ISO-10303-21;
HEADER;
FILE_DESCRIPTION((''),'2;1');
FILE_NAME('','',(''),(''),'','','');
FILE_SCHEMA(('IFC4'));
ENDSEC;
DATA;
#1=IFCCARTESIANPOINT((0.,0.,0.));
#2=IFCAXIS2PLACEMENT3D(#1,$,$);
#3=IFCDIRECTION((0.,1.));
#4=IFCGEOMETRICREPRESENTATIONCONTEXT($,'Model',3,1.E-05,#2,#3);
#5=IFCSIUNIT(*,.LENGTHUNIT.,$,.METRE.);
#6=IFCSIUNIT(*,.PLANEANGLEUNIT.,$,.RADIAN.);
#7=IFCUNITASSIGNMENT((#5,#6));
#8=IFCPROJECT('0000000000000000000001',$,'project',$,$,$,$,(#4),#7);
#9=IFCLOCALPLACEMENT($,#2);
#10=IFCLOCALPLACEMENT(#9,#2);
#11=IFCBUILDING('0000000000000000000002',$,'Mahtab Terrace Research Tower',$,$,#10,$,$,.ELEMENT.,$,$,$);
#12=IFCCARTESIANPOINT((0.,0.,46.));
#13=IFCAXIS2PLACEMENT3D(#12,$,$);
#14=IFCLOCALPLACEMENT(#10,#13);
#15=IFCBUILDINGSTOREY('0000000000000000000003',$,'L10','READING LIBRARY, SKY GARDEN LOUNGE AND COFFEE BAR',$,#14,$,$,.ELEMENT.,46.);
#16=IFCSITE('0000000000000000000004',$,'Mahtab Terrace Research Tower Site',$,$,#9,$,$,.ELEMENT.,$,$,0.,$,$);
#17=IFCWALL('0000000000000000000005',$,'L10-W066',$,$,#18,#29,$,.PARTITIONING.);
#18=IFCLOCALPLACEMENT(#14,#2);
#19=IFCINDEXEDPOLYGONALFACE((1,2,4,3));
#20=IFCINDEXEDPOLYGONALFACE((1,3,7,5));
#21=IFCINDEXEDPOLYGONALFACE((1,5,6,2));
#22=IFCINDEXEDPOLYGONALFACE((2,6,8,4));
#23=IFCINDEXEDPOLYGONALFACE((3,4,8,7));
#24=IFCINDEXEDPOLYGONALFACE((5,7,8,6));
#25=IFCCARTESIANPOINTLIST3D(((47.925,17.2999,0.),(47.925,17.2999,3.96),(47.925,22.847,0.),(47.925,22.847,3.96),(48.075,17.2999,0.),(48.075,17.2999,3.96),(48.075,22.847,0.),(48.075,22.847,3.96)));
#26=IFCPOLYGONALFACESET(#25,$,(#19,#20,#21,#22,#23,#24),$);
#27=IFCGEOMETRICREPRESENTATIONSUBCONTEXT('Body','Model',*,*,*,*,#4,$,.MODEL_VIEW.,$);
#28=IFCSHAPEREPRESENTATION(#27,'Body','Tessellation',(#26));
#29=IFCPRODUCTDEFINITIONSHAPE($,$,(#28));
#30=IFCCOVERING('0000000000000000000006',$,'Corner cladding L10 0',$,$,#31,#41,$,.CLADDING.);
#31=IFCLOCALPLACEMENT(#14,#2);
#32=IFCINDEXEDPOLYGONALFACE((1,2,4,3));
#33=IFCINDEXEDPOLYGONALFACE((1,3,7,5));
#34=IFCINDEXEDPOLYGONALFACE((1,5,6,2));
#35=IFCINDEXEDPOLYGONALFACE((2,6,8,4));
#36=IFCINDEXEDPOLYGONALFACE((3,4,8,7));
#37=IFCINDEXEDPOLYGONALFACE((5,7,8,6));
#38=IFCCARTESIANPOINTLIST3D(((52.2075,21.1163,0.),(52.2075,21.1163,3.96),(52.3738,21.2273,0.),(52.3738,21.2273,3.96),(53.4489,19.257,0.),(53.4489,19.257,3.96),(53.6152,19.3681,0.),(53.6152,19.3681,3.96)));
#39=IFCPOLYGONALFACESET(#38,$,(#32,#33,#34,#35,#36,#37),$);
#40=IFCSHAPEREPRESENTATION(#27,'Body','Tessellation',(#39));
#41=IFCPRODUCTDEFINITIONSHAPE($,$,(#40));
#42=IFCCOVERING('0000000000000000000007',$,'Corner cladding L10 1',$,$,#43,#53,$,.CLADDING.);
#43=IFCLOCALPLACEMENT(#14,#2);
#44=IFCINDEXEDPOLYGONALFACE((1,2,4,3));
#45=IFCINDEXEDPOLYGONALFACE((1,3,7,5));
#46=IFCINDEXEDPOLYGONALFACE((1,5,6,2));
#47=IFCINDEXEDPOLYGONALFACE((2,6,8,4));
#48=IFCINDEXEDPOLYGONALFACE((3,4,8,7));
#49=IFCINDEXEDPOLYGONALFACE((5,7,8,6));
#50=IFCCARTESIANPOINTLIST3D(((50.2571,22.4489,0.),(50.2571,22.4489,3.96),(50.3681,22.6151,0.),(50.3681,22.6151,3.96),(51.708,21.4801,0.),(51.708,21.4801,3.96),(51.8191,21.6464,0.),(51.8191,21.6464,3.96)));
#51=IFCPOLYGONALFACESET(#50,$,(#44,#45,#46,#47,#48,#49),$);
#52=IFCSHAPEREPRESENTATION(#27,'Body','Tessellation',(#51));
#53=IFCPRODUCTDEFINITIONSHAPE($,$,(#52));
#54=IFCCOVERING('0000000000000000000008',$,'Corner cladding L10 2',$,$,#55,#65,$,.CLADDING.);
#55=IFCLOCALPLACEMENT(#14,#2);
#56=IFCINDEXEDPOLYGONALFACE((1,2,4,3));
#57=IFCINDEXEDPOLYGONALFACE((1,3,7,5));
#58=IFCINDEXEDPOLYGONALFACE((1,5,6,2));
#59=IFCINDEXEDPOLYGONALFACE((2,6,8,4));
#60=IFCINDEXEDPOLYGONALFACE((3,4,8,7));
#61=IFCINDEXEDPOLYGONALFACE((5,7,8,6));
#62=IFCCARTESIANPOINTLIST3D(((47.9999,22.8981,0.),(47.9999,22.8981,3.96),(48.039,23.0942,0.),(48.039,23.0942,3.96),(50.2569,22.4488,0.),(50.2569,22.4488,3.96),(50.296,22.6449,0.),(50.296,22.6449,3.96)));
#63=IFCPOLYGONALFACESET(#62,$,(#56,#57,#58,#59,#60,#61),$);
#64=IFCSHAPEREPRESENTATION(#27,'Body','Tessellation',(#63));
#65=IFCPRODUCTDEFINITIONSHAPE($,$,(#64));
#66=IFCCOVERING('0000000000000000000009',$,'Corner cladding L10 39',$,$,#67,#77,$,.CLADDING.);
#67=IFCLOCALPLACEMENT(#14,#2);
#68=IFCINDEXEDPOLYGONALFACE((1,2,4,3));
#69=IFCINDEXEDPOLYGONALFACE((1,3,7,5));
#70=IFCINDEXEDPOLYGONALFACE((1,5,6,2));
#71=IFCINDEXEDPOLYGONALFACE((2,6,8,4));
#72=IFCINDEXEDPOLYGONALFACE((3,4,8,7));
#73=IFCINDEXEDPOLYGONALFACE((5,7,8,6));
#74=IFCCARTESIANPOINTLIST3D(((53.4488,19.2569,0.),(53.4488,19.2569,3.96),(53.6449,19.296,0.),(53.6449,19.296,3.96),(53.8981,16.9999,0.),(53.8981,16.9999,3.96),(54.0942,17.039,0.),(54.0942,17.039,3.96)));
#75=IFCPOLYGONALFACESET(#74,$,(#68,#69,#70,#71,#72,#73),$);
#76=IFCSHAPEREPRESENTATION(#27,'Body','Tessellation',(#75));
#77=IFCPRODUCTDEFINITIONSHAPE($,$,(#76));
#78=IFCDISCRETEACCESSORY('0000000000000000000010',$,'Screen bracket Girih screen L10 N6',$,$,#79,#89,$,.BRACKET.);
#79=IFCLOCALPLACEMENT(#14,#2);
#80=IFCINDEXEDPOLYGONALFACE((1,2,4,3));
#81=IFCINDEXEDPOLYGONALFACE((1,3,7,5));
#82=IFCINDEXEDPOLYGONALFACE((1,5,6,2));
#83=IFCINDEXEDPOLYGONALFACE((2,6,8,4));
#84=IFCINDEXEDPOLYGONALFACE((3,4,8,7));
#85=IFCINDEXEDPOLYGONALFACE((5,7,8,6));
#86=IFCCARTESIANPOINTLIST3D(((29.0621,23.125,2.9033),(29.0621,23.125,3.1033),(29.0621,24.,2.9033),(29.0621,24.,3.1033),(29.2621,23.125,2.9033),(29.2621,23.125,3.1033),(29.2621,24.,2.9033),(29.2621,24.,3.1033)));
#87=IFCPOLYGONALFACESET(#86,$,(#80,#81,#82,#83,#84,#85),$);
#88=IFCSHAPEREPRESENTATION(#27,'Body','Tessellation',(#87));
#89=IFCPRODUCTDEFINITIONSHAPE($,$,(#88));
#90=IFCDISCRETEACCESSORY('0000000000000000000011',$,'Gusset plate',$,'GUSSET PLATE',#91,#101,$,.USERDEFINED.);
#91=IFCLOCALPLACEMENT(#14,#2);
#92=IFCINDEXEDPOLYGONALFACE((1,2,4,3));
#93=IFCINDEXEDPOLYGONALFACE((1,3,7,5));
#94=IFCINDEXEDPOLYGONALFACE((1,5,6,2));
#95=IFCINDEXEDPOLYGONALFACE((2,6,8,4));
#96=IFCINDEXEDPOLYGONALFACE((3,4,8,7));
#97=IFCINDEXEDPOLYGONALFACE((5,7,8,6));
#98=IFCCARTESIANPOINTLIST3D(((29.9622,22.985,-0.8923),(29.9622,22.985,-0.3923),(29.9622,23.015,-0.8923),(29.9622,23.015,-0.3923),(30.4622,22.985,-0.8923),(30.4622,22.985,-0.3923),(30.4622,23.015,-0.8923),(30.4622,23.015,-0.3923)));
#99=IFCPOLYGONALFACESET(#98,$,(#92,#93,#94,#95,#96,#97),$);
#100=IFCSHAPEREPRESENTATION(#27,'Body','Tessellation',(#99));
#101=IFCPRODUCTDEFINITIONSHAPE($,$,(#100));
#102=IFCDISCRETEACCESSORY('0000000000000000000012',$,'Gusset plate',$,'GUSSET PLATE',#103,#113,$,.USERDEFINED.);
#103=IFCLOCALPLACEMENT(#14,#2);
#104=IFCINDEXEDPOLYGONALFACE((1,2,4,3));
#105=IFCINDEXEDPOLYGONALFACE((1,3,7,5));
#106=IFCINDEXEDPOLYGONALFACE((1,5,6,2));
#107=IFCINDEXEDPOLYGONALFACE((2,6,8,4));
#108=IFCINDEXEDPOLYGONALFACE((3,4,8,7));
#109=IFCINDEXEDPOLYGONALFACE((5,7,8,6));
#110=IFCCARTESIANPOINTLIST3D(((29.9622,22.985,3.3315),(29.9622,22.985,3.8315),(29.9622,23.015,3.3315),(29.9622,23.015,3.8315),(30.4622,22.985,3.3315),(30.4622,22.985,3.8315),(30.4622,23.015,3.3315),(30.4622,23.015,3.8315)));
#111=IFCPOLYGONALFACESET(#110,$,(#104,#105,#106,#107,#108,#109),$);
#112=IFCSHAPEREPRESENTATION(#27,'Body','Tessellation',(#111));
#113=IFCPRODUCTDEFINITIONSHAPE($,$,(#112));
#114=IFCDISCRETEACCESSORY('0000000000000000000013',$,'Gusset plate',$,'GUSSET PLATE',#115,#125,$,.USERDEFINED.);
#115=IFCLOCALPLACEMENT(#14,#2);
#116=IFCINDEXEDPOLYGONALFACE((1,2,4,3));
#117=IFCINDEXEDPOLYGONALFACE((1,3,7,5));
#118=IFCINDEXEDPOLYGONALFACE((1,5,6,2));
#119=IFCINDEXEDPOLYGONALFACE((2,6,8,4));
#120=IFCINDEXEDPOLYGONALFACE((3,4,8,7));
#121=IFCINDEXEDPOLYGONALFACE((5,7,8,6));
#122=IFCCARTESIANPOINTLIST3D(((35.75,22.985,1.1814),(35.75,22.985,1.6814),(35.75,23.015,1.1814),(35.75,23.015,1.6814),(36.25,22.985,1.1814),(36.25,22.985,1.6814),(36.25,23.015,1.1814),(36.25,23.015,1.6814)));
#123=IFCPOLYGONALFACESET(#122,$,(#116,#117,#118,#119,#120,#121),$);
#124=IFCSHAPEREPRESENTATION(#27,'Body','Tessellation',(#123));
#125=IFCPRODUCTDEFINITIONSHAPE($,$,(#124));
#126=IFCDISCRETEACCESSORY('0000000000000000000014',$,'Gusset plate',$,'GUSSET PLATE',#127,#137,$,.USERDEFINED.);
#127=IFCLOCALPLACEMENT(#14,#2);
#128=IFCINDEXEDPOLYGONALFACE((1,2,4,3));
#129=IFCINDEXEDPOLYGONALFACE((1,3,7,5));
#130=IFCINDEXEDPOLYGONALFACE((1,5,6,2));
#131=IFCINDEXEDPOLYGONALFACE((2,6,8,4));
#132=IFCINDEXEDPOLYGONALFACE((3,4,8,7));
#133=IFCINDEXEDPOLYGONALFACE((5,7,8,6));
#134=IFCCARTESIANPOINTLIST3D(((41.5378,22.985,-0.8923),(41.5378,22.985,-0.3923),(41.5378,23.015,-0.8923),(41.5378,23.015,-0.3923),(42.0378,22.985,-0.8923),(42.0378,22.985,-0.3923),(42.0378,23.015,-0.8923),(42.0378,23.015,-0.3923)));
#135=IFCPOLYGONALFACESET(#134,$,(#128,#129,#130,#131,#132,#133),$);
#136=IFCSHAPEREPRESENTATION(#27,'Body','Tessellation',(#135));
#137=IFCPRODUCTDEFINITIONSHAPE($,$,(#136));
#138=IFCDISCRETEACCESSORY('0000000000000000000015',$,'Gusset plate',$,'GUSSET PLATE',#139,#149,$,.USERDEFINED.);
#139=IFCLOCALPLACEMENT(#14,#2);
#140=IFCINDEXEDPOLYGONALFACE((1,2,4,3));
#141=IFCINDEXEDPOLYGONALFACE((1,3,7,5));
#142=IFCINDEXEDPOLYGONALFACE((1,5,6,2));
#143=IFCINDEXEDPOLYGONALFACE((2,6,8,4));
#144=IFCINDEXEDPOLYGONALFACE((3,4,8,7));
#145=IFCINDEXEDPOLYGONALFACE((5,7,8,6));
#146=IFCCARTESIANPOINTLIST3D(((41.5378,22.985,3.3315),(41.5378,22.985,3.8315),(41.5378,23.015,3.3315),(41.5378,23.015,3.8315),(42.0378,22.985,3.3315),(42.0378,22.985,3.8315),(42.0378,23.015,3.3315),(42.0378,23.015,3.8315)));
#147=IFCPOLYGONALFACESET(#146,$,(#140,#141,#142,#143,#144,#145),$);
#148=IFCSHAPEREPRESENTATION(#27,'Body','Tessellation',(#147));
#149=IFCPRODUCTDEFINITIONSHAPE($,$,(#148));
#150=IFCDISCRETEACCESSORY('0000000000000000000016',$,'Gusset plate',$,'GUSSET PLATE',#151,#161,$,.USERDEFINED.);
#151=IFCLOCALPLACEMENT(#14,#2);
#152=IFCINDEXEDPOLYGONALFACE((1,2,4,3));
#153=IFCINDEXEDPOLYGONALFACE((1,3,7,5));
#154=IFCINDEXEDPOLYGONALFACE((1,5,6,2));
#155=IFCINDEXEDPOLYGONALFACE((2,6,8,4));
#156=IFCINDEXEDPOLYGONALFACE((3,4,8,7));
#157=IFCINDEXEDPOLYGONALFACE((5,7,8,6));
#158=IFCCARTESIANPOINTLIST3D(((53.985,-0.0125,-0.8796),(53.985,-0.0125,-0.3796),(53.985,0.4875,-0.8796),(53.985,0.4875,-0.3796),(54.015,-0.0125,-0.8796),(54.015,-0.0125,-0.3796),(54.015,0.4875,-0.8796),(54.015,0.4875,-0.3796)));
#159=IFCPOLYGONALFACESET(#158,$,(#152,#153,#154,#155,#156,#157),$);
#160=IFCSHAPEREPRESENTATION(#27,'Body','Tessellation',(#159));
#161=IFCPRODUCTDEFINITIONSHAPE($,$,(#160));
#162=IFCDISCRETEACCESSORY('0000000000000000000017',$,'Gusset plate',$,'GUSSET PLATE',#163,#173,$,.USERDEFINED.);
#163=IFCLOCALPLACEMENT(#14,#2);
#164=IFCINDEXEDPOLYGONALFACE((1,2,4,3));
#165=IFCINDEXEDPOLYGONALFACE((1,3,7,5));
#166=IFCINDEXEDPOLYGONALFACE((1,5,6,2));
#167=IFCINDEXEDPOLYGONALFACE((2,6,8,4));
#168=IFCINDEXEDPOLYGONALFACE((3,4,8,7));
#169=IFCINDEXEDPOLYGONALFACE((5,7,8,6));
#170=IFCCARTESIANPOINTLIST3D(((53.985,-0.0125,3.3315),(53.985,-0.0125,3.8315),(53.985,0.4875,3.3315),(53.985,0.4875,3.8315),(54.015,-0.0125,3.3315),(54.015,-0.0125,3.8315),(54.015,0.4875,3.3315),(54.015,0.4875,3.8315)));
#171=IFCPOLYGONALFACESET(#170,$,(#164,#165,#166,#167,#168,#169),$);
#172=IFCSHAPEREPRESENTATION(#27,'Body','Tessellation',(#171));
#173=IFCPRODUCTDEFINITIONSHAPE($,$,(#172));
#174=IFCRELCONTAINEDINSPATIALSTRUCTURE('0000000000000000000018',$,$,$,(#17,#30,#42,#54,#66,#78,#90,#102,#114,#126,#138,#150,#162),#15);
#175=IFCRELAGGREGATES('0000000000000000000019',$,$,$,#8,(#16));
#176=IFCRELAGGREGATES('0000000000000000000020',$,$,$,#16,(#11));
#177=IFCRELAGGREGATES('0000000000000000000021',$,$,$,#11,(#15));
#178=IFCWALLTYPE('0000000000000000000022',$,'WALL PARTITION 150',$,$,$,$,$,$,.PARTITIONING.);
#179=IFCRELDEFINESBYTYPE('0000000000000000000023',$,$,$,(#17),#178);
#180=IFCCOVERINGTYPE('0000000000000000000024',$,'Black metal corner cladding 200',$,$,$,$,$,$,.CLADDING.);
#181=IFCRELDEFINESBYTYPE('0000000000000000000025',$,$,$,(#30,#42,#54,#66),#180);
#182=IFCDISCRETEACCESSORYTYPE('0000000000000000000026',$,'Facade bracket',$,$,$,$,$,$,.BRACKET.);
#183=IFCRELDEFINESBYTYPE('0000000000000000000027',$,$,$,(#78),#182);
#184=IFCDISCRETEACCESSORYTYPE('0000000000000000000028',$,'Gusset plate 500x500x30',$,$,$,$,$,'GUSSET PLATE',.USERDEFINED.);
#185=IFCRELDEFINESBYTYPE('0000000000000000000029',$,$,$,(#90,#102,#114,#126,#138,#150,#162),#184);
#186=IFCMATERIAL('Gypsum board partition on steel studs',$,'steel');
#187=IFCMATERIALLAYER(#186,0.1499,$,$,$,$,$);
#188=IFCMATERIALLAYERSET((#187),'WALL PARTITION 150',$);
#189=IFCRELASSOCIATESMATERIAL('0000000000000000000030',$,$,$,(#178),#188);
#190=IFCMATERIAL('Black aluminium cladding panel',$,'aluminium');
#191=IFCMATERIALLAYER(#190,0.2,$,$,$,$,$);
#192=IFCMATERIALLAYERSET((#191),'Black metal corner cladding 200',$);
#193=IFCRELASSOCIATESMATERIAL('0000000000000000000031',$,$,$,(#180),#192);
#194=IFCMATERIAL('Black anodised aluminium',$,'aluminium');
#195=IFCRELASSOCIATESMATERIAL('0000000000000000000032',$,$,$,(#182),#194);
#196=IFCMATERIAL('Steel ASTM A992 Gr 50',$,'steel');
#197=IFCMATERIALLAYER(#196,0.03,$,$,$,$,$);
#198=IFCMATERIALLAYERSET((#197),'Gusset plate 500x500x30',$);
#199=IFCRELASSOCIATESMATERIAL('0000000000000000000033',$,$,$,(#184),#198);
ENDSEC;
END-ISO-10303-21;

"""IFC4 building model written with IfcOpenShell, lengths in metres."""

from ifc_helpers import new_model, si_unit, direction, frame, frame_2d, origin, origin_2d, place, context, subcontext, project, spatial, rectangle, extrude, material, layer, layer_set, type_object, element, save


model = new_model("IFC4")

# Units and contexts
model_context = context("Model", 3, precision=1e-05, world=origin(), true_north=direction((0.0, 1.0)))
body_context = subcontext(model_context, "Body", "Model", "MODEL_VIEW")
ifc_project = project(units=[si_unit("LENGTHUNIT", "METRE"), si_unit("PLANEANGLEUNIT", "RADIAN")], contexts=[model_context])

# Site, building, storey
site_placement = place(None, origin())
site = spatial("IfcSite", under=ifc_project, at=site_placement, Name="Mahtab Terrace Research Tower Site", CompositionType="ELEMENT", RefElevation=0.0)
building_placement = place(site_placement, origin())
building = spatial("IfcBuilding", under=site, at=building_placement, Name="Mahtab Terrace Research Tower", CompositionType="ELEMENT")
storey_placement = place(building_placement, frame((0.0, 0.0, 46.0)))
storey = spatial("IfcBuildingStorey", under=building, at=storey_placement, Name="L10", Description="READING LIBRARY, SKY GARDEN LOUNGE AND COFFEE BAR", CompositionType="ELEMENT", Elevation=46.0)

# Shared definitions
ifc_material_1 = material(Name="Steel ASTM A992 Gr 50", Category="steel")

# Shared definitions
ifc_material_2 = material(Name="Black aluminium cladding panel", Category="aluminium")

# Wall
ifc_material_3 = material(Name="Gypsum board partition on steel studs", Category="steel")
ifc_layer_1 = layer(ifc_material_3, 0.1499)
ifc_layer_set_1 = layer_set([ifc_layer_1], Name="WALL PARTITION 150")
wall_type_1 = type_object("IfcWallType", Name="WALL PARTITION 150", PredefinedType="PARTITIONING", material=ifc_layer_set_1)
wall_1_placement = place(storey_placement, frame((48.0, 17.3, 0.0), z_axis=(0.0, 0.0, 1.0), x_axis=(0.0, 1.0, 0.0)))
element("IfcWall", 1, at=wall_1_placement, inside=storey, type_object=wall_type_1, Name="L10-W066", PredefinedType="PARTITIONING", context=body_context, shape_type="SweptSolid", body=[
    extrude(rectangle(XDim=5.5471, YDim=0.1499, at=frame_2d((2.7734, 0.0))), origin(), (0.0, 0.0, 1.0), 3.96),
])

# Coverings
ifc_layer_2 = layer(ifc_material_2, 0.2)
ifc_layer_set_2 = layer_set([ifc_layer_2], Name="Black metal corner cladding 200")
covering_type = type_object("IfcCoveringType", Name="Black metal corner cladding 200", PredefinedType="CLADDING", material=ifc_layer_set_2)
covering_1_placement = place(storey_placement, frame((52.9114, 20.2422, 0.0), z_axis=(0.0, 0.0, 1.0), x_axis=(-0.555291, 0.831656, 0.0)))
element("IfcCovering", 2, at=covering_1_placement, inside=storey, type_object=covering_type, Name="Corner cladding L10 0", PredefinedType="CLADDING", context=body_context, shape_type="SweptSolid", body=[
    extrude(rectangle(XDim=2.2356, YDim=0.2, at=origin_2d()), origin(), (0.0, 0.0, 1.0), 3.96),
])
covering_2_placement = place(storey_placement, frame((51.0381, 22.0476, 0.0), z_axis=(0.0, 0.0, 1.0), x_axis=(-0.831656, 0.555291, 0.0)))
element("IfcCovering", 3, at=covering_2_placement, inside=storey, type_object=covering_type, Name="Corner cladding L10 1", PredefinedType="CLADDING", context=body_context, shape_type="SweptSolid", body=[
    extrude(rectangle(XDim=1.7446, YDim=0.2, at=origin_2d()), origin(), (0.0, 0.0, 1.0), 3.96),
])
for number, where, z_axis, x_axis, name in (
    (4, (49.1479, 22.7715, 0.0), (0.0, 0.0, 1.0), (-0.980761, 0.195212, 0.0), "Corner cladding L10 2"),
    (5, (53.7715, 18.1479, 0.0), (0.0, 0.0, 1.0), (-0.195212, 0.980761, 0.0), "Corner cladding L10 39"),
):
    element("IfcCovering", number, at=place(storey_placement, frame(where, z_axis=z_axis, x_axis=x_axis)), inside=storey, type_object=covering_type, Name=name, PredefinedType="CLADDING", context=body_context, shape_type="SweptSolid", body=[
        extrude(rectangle(XDim=2.3013, YDim=0.2, at=origin_2d()), origin(), (0.0, 0.0, 1.0), 3.96),
    ])

# Discrete accessories
ifc_material_4 = material(Name="Black anodised aluminium", Category="aluminium")
discrete_accessory_type_1 = type_object("IfcDiscreteAccessoryType", Name="Facade bracket", PredefinedType="BRACKET", material=ifc_material_4)
discrete_accessory_placement = place(storey_placement, frame((29.1621, 23.5625, 2.9033), z_axis=(0.0, 0.0, 1.0), x_axis=(-1.0, 0.0, 0.0)))
element("IfcDiscreteAccessory", 6, at=discrete_accessory_placement, inside=storey, type_object=discrete_accessory_type_1, Name="Screen bracket Girih screen L10 N6", PredefinedType="BRACKET", context=body_context, shape_type="SweptSolid", body=[
    extrude(rectangle(XDim=0.2, YDim=0.875, at=origin_2d()), origin(), (0.0, 0.0, 1.0), 0.2),
])
ifc_layer_3 = layer(ifc_material_1, 0.03)
ifc_layer_set_3 = layer_set([ifc_layer_3], Name="Gusset plate 500x500x30")
discrete_accessory_type_2 = type_object("IfcDiscreteAccessoryType", Name="Gusset plate 500x500x30", ElementType="GUSSET PLATE", PredefinedType="USERDEFINED", material=ifc_layer_set_3)
for number, where, z_axis, x_axis, name in (
    (7, (30.2122, 23.0, -0.8923), (0.0, 0.0, 1.0), (1.0, 0.0, 0.0), "Gusset plate"),
    (8, (30.2122, 23.0, 3.3315), (0.0, 0.0, 1.0), (1.0, 0.0, 0.0), "Gusset plate"),
    (9, (36.0, 23.0, 1.1814), (0.0, 0.0, 1.0), (1.0, 0.0, 0.0), "Gusset plate"),
    (10, (41.7878, 23.0, -0.8923), (0.0, 0.0, 1.0), (1.0, 0.0, 0.0), "Gusset plate"),
    (11, (41.7878, 23.0, 3.3315), (0.0, 0.0, 1.0), (1.0, 0.0, 0.0), "Gusset plate"),
    (12, (54.0, 0.2375, -0.8796), (0.0, 0.0, 1.0), (0.0, 1.0, 0.0), "Gusset plate"),
    (13, (54.0, 0.2375, 3.3315), (0.0, 0.0, 1.0), (0.0, 1.0, 0.0), "Gusset plate"),
):
    element("IfcDiscreteAccessory", number, at=place(storey_placement, frame(where, z_axis=z_axis, x_axis=x_axis)), inside=storey, type_object=discrete_accessory_type_2, Name=name, ObjectType="GUSSET PLATE", PredefinedType="USERDEFINED", context=body_context, shape_type="SweptSolid", body=[
        extrude(rectangle(XDim=0.5, YDim=0.03, at=origin_2d()), origin(), (0.0, 0.0, 1.0), 0.5),
    ])

save(model, "model.ifc")
